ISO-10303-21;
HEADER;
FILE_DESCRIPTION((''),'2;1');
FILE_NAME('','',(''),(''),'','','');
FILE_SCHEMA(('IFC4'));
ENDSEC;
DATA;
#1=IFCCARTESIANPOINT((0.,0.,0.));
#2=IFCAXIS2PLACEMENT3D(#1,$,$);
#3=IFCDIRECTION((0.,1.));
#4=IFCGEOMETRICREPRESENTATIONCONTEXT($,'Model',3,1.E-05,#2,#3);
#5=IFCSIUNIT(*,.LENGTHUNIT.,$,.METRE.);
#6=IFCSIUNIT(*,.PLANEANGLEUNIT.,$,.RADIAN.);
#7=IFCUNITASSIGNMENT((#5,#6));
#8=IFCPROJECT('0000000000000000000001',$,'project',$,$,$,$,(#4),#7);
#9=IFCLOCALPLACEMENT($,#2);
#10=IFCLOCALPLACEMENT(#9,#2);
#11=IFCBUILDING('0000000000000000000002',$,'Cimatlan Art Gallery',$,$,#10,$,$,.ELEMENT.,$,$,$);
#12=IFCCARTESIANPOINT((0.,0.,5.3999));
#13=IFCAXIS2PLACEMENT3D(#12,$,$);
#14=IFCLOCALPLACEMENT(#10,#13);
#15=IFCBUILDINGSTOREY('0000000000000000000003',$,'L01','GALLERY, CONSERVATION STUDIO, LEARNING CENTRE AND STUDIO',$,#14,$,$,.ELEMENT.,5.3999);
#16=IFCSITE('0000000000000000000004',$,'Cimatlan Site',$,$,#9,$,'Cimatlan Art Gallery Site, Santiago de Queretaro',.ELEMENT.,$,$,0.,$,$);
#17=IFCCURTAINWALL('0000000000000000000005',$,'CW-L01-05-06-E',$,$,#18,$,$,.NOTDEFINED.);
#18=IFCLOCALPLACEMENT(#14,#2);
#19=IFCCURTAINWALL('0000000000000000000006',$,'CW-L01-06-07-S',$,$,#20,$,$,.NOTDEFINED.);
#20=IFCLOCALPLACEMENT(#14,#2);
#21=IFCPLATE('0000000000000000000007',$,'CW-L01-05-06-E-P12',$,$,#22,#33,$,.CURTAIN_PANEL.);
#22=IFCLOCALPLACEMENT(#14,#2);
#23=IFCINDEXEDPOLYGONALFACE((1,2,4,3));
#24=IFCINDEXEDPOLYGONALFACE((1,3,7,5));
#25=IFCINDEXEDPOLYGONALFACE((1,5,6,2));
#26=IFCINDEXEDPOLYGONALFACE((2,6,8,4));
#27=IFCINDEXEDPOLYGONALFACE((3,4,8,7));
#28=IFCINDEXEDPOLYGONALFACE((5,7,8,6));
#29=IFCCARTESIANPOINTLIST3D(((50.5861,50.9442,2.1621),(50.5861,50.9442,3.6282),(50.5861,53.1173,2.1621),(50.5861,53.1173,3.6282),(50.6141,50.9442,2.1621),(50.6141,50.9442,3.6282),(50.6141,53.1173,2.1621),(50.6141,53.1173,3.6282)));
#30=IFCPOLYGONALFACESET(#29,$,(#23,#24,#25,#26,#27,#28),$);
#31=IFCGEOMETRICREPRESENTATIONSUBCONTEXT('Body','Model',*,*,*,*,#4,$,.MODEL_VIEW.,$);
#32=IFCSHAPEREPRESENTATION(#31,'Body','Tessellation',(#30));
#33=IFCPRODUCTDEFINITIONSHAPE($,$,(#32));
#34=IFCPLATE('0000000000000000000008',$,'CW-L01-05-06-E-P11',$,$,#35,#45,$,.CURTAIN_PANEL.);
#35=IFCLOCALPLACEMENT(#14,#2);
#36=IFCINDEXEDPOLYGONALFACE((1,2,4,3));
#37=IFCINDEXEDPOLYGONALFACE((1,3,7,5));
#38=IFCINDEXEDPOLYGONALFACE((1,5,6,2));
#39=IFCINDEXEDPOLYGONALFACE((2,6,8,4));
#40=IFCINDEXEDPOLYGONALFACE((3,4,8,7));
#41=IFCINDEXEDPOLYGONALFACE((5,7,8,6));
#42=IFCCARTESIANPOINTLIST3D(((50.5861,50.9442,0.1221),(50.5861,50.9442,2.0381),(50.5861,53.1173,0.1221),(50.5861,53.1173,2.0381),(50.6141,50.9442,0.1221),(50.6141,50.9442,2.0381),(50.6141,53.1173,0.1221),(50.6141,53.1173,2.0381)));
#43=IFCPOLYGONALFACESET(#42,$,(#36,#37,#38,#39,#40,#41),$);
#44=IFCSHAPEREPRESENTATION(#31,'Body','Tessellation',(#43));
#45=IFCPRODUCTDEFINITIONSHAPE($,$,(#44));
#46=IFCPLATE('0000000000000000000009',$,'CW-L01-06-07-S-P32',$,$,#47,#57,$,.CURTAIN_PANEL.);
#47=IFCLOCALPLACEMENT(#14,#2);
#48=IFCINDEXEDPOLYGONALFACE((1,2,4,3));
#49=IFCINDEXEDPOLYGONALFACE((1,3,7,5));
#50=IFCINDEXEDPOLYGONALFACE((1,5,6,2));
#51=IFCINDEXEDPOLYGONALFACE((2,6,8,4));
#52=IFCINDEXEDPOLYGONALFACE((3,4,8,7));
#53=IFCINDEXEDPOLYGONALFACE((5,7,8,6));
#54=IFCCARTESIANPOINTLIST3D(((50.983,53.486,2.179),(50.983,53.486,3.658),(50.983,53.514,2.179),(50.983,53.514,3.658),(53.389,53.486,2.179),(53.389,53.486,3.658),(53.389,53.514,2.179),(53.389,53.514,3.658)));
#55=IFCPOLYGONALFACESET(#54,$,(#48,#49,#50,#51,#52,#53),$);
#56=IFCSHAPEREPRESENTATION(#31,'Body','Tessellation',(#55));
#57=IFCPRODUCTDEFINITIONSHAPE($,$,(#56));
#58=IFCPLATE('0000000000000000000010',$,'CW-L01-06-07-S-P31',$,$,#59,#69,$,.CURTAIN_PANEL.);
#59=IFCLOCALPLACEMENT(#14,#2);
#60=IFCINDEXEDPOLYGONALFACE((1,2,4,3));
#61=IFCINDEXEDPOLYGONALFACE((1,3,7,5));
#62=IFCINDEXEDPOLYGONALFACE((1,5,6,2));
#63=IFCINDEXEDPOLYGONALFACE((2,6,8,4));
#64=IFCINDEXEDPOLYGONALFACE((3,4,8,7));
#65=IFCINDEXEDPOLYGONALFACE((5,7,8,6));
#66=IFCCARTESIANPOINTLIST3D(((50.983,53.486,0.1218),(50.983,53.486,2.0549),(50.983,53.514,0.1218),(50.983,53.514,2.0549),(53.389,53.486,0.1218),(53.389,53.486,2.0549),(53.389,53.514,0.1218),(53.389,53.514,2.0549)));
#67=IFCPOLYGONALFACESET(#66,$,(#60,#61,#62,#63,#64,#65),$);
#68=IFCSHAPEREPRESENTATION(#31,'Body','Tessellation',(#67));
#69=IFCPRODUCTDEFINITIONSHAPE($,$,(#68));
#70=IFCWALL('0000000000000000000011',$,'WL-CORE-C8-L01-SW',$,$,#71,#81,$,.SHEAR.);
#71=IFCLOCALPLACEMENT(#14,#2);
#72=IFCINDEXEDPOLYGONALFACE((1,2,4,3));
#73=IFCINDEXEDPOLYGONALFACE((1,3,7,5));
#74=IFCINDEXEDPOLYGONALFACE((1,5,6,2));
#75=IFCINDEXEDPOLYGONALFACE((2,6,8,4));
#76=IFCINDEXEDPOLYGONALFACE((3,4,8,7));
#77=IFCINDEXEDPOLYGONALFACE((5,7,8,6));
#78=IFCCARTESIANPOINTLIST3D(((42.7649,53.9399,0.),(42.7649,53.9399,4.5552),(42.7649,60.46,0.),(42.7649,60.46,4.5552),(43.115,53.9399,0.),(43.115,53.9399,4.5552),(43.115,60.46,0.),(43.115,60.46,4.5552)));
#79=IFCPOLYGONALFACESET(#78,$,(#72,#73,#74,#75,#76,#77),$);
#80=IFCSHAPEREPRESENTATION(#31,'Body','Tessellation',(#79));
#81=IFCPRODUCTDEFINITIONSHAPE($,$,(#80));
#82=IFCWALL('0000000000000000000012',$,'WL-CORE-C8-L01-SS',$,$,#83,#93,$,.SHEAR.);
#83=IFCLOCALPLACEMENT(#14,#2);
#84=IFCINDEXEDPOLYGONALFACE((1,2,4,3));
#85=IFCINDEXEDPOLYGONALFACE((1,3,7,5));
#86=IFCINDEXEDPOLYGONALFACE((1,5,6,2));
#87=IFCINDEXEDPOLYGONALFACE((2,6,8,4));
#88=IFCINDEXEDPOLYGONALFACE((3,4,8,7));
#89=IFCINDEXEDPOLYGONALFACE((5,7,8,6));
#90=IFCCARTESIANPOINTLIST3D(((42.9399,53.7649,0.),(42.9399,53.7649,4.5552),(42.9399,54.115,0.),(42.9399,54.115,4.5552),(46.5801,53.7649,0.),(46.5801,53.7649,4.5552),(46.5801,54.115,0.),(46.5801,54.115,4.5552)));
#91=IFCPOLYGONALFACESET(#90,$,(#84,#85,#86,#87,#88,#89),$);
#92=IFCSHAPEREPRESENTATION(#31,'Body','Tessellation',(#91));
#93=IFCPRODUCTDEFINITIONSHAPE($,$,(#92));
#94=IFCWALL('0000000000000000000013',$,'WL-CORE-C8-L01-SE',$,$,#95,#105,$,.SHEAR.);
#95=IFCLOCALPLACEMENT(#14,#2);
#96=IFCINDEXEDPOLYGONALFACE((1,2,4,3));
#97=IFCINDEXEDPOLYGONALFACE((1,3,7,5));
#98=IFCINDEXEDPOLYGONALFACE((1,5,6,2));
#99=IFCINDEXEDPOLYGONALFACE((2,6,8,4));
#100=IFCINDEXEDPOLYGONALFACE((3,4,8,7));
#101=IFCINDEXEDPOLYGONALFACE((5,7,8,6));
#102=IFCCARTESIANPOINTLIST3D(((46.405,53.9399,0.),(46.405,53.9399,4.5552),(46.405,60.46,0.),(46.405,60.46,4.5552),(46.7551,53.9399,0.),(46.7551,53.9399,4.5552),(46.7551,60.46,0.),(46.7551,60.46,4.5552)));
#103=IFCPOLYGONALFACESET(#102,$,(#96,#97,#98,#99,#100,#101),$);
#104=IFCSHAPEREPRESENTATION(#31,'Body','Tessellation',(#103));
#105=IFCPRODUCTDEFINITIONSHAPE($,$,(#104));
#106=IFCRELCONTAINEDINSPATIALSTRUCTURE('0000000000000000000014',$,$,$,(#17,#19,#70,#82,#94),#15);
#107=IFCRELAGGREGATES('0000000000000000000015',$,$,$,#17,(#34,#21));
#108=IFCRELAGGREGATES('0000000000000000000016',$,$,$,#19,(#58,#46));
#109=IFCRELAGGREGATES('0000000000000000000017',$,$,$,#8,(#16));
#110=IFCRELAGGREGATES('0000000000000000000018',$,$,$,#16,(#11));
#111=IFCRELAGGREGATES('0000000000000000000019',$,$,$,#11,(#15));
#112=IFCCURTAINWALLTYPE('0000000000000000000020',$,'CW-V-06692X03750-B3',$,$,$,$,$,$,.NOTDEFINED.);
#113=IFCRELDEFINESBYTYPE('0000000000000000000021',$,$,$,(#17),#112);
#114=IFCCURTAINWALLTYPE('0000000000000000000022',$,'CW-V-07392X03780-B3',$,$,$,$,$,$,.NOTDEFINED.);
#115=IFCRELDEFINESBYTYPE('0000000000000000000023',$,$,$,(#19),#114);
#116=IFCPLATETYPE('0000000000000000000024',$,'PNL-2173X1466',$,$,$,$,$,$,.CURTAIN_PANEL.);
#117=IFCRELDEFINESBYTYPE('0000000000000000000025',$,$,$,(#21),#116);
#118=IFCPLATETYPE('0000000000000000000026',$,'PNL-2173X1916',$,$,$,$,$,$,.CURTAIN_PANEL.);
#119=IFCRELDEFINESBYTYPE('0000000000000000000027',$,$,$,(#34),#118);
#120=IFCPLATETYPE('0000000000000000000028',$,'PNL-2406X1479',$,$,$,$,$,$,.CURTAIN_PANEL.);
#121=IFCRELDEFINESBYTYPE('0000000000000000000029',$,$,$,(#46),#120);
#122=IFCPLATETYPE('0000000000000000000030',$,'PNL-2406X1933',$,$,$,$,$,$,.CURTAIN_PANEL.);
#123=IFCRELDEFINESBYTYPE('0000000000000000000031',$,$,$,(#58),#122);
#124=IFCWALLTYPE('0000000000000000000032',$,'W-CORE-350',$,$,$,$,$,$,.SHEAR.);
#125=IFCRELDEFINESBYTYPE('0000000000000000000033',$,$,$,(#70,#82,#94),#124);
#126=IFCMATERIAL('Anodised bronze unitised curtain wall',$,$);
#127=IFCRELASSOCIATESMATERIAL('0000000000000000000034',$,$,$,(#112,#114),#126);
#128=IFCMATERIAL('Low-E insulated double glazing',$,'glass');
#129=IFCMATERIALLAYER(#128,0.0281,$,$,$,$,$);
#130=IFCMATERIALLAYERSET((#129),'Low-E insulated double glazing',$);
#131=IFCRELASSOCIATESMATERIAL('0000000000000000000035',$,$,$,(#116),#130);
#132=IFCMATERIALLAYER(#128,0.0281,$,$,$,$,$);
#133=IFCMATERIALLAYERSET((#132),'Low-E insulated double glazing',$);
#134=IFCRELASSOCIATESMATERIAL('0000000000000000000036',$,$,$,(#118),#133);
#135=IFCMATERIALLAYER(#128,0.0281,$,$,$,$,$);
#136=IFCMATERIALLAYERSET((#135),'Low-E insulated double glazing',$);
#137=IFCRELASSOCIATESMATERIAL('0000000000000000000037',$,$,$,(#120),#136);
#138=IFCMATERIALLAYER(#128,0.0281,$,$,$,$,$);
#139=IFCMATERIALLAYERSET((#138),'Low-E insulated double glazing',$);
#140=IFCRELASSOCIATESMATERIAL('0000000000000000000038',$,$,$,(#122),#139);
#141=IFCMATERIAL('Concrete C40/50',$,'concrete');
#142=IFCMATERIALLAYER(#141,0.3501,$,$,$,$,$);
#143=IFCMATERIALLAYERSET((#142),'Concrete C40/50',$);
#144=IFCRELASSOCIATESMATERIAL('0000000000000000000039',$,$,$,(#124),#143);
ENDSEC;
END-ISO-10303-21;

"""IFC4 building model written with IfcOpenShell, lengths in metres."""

from ifc_helpers import new_model, si_unit, direction, frame, frame_2d, origin, origin_2d, place, context, subcontext, project, spatial, rectangle, extrude, material, layer, layer_set, type_object, element, aggregate, save


model = new_model("IFC4")

# Units and contexts
model_context = context("Model", 3, precision=1e-05, world=origin(), true_north=direction((0.0, 1.0)))
body_context = subcontext(model_context, "Body", "Model", "MODEL_VIEW")
ifc_project = project(units=[si_unit("LENGTHUNIT", "METRE"), si_unit("PLANEANGLEUNIT", "RADIAN")], contexts=[model_context])

# Site, building, storey
site_placement = place(None, origin())
site = spatial("IfcSite", under=ifc_project, at=site_placement, Name="Cimatlan Site", LongName="Cimatlan Art Gallery Site, Santiago de Queretaro", CompositionType="ELEMENT", RefElevation=0.0)
building_placement = place(site_placement, origin())
building = spatial("IfcBuilding", under=site, at=building_placement, Name="Cimatlan Art Gallery", CompositionType="ELEMENT")
storey_placement = place(building_placement, frame((0.0, 0.0, 5.3999)))
storey = spatial("IfcBuildingStorey", under=building, at=storey_placement, Name="L01", Description="GALLERY, CONSERVATION STUDIO, LEARNING CENTRE AND STUDIO", CompositionType="ELEMENT", Elevation=5.3999)

# Shared definitions
ifc_material_1 = material(Name="Concrete C40/50", Category="concrete")

# Curtain walls
ifc_material_2 = material(Name="Anodised bronze unitised curtain wall")
curtain_wall_type_1 = type_object("IfcCurtainWallType", Name="CW-V-06692X03750-B3", PredefinedType="NOTDEFINED", material=ifc_material_2)
curtain_wall_1_placement = place(storey_placement, origin())
curtain_wall_1 = element("IfcCurtainWall", 1, at=curtain_wall_1_placement, inside=storey, type_object=curtain_wall_type_1, Name="CW-L01-05-06-E", PredefinedType="NOTDEFINED")
curtain_wall_type_2 = type_object("IfcCurtainWallType", Name="CW-V-07392X03780-B3", PredefinedType="NOTDEFINED", material=ifc_material_2)
curtain_wall_2_placement = place(storey_placement, origin())
curtain_wall_2 = element("IfcCurtainWall", 2, at=curtain_wall_2_placement, inside=storey, type_object=curtain_wall_type_2, Name="CW-L01-06-07-S", PredefinedType="NOTDEFINED")

# Plates
ifc_material_3 = material(Name="Low-E insulated double glazing", Category="glass")
ifc_layer_1 = layer(ifc_material_3, 0.0281)
ifc_layer_set_1 = layer_set([ifc_layer_1], Name="Low-E insulated double glazing")
plate_type_1 = type_object("IfcPlateType", Name="PNL-2173X1466", PredefinedType="CURTAIN_PANEL", material=ifc_layer_set_1)
plate_1_placement = place(storey_placement, frame((50.6001, 52.0308, 2.1621), z_axis=(0.0, 0.0, 1.0), x_axis=(0.0, -1.0, 0.0)))
plate_1 = element("IfcPlate", 3, at=plate_1_placement, type_object=plate_type_1, Name="CW-L01-05-06-E-P12", PredefinedType="CURTAIN_PANEL", context=body_context, shape_type="SweptSolid", body=[
    extrude(rectangle(XDim=2.1731, YDim=0.0281, at=origin_2d()), origin(), (0.0, 0.0, 1.0), 1.4661),
])
ifc_layer_2 = layer(ifc_material_3, 0.0281)
ifc_layer_set_2 = layer_set([ifc_layer_2], Name="Low-E insulated double glazing")
plate_type_2 = type_object("IfcPlateType", Name="PNL-2173X1916", PredefinedType="CURTAIN_PANEL", material=ifc_layer_set_2)
plate_2_placement = place(storey_placement, frame((50.6001, 52.0308, 0.1221), z_axis=(0.0, 0.0, 1.0), x_axis=(0.0, -1.0, 0.0)))
plate_2 = element("IfcPlate", 4, at=plate_2_placement, type_object=plate_type_2, Name="CW-L01-05-06-E-P11", PredefinedType="CURTAIN_PANEL", context=body_context, shape_type="SweptSolid", body=[
    extrude(rectangle(XDim=2.1731, YDim=0.0281, at=origin_2d()), origin(), (0.0, 0.0, 1.0), 1.916),
])
aggregate(curtain_wall_1, [plate_2, plate_1])
ifc_layer_3 = layer(ifc_material_3, 0.0281)
ifc_layer_set_3 = layer_set([ifc_layer_3], Name="Low-E insulated double glazing")
plate_type_3 = type_object("IfcPlateType", Name="PNL-2406X1479", PredefinedType="CURTAIN_PANEL", material=ifc_layer_set_3)
plate_3_placement = place(storey_placement, frame((52.186, 53.5, 2.179), z_axis=(0.0, 0.0, 1.0), x_axis=(-1.0, 0.0, 0.0)))
plate_3 = element("IfcPlate", 5, at=plate_3_placement, type_object=plate_type_3, Name="CW-L01-06-07-S-P32", PredefinedType="CURTAIN_PANEL", context=body_context, shape_type="SweptSolid", body=[
    extrude(rectangle(XDim=2.406, YDim=0.0281, at=origin_2d()), origin(), (0.0, 0.0, 1.0), 1.479),
])
ifc_layer_4 = layer(ifc_material_3, 0.0281)
ifc_layer_set_4 = layer_set([ifc_layer_4], Name="Low-E insulated double glazing")
plate_type_4 = type_object("IfcPlateType", Name="PNL-2406X1933", PredefinedType="CURTAIN_PANEL", material=ifc_layer_set_4)
plate_4_placement = place(storey_placement, frame((52.186, 53.5, 0.1218), z_axis=(0.0, 0.0, 1.0), x_axis=(-1.0, 0.0, 0.0)))
plate_4 = element("IfcPlate", 6, at=plate_4_placement, type_object=plate_type_4, Name="CW-L01-06-07-S-P31", PredefinedType="CURTAIN_PANEL", context=body_context, shape_type="SweptSolid", body=[
    extrude(rectangle(XDim=2.406, YDim=0.0281, at=origin_2d()), origin(), (0.0, 0.0, 1.0), 1.9331),
])
aggregate(curtain_wall_2, [plate_4, plate_3])

# Walls
ifc_layer_5 = layer(ifc_material_1, 0.3501)
ifc_layer_set_5 = layer_set([ifc_layer_5], Name="Concrete C40/50")
wall_type_1 = type_object("IfcWallType", Name="W-CORE-350", PredefinedType="SHEAR", material=ifc_layer_set_5)
wall_1_placement = place(storey_placement, frame((42.9399, 53.9399, 0.0), z_axis=(0.0, 0.0, 1.0), x_axis=(0.0, 1.0, 0.0)))
element("IfcWall", 7, at=wall_1_placement, inside=storey, type_object=wall_type_1, Name="WL-CORE-C8-L01-SW", PredefinedType="SHEAR", context=body_context, shape_type="SweptSolid", body=[
    extrude(rectangle(XDim=6.52, YDim=0.3501, at=frame_2d((3.26, 0.0))), origin(), (0.0, 0.0, 1.0), 4.5552),
])
wall_2_placement = place(storey_placement, frame((42.9399, 53.9399, 0.0), z_axis=(0.0, 0.0, 1.0), x_axis=(1.0, 0.0, 0.0)))
element("IfcWall", 8, at=wall_2_placement, inside=storey, type_object=wall_type_1, Name="WL-CORE-C8-L01-SS", PredefinedType="SHEAR", context=body_context, shape_type="SweptSolid", body=[
    extrude(rectangle(XDim=3.6401, YDim=0.3501, at=frame_2d((1.8201, 0.0))), origin(), (0.0, 0.0, 1.0), 4.5552),
])
wall_3_placement = place(storey_placement, frame((46.5801, 53.9399, 0.0), z_axis=(0.0, 0.0, 1.0), x_axis=(0.0, 1.0, 0.0)))
element("IfcWall", 9, at=wall_3_placement, inside=storey, type_object=wall_type_1, Name="WL-CORE-C8-L01-SE", PredefinedType="SHEAR", context=body_context, shape_type="SweptSolid", body=[
    extrude(rectangle(XDim=6.52, YDim=0.3501, at=frame_2d((3.26, 0.0))), origin(), (0.0, 0.0, 1.0), 4.5552),
])

save(model, "model.ifc")
